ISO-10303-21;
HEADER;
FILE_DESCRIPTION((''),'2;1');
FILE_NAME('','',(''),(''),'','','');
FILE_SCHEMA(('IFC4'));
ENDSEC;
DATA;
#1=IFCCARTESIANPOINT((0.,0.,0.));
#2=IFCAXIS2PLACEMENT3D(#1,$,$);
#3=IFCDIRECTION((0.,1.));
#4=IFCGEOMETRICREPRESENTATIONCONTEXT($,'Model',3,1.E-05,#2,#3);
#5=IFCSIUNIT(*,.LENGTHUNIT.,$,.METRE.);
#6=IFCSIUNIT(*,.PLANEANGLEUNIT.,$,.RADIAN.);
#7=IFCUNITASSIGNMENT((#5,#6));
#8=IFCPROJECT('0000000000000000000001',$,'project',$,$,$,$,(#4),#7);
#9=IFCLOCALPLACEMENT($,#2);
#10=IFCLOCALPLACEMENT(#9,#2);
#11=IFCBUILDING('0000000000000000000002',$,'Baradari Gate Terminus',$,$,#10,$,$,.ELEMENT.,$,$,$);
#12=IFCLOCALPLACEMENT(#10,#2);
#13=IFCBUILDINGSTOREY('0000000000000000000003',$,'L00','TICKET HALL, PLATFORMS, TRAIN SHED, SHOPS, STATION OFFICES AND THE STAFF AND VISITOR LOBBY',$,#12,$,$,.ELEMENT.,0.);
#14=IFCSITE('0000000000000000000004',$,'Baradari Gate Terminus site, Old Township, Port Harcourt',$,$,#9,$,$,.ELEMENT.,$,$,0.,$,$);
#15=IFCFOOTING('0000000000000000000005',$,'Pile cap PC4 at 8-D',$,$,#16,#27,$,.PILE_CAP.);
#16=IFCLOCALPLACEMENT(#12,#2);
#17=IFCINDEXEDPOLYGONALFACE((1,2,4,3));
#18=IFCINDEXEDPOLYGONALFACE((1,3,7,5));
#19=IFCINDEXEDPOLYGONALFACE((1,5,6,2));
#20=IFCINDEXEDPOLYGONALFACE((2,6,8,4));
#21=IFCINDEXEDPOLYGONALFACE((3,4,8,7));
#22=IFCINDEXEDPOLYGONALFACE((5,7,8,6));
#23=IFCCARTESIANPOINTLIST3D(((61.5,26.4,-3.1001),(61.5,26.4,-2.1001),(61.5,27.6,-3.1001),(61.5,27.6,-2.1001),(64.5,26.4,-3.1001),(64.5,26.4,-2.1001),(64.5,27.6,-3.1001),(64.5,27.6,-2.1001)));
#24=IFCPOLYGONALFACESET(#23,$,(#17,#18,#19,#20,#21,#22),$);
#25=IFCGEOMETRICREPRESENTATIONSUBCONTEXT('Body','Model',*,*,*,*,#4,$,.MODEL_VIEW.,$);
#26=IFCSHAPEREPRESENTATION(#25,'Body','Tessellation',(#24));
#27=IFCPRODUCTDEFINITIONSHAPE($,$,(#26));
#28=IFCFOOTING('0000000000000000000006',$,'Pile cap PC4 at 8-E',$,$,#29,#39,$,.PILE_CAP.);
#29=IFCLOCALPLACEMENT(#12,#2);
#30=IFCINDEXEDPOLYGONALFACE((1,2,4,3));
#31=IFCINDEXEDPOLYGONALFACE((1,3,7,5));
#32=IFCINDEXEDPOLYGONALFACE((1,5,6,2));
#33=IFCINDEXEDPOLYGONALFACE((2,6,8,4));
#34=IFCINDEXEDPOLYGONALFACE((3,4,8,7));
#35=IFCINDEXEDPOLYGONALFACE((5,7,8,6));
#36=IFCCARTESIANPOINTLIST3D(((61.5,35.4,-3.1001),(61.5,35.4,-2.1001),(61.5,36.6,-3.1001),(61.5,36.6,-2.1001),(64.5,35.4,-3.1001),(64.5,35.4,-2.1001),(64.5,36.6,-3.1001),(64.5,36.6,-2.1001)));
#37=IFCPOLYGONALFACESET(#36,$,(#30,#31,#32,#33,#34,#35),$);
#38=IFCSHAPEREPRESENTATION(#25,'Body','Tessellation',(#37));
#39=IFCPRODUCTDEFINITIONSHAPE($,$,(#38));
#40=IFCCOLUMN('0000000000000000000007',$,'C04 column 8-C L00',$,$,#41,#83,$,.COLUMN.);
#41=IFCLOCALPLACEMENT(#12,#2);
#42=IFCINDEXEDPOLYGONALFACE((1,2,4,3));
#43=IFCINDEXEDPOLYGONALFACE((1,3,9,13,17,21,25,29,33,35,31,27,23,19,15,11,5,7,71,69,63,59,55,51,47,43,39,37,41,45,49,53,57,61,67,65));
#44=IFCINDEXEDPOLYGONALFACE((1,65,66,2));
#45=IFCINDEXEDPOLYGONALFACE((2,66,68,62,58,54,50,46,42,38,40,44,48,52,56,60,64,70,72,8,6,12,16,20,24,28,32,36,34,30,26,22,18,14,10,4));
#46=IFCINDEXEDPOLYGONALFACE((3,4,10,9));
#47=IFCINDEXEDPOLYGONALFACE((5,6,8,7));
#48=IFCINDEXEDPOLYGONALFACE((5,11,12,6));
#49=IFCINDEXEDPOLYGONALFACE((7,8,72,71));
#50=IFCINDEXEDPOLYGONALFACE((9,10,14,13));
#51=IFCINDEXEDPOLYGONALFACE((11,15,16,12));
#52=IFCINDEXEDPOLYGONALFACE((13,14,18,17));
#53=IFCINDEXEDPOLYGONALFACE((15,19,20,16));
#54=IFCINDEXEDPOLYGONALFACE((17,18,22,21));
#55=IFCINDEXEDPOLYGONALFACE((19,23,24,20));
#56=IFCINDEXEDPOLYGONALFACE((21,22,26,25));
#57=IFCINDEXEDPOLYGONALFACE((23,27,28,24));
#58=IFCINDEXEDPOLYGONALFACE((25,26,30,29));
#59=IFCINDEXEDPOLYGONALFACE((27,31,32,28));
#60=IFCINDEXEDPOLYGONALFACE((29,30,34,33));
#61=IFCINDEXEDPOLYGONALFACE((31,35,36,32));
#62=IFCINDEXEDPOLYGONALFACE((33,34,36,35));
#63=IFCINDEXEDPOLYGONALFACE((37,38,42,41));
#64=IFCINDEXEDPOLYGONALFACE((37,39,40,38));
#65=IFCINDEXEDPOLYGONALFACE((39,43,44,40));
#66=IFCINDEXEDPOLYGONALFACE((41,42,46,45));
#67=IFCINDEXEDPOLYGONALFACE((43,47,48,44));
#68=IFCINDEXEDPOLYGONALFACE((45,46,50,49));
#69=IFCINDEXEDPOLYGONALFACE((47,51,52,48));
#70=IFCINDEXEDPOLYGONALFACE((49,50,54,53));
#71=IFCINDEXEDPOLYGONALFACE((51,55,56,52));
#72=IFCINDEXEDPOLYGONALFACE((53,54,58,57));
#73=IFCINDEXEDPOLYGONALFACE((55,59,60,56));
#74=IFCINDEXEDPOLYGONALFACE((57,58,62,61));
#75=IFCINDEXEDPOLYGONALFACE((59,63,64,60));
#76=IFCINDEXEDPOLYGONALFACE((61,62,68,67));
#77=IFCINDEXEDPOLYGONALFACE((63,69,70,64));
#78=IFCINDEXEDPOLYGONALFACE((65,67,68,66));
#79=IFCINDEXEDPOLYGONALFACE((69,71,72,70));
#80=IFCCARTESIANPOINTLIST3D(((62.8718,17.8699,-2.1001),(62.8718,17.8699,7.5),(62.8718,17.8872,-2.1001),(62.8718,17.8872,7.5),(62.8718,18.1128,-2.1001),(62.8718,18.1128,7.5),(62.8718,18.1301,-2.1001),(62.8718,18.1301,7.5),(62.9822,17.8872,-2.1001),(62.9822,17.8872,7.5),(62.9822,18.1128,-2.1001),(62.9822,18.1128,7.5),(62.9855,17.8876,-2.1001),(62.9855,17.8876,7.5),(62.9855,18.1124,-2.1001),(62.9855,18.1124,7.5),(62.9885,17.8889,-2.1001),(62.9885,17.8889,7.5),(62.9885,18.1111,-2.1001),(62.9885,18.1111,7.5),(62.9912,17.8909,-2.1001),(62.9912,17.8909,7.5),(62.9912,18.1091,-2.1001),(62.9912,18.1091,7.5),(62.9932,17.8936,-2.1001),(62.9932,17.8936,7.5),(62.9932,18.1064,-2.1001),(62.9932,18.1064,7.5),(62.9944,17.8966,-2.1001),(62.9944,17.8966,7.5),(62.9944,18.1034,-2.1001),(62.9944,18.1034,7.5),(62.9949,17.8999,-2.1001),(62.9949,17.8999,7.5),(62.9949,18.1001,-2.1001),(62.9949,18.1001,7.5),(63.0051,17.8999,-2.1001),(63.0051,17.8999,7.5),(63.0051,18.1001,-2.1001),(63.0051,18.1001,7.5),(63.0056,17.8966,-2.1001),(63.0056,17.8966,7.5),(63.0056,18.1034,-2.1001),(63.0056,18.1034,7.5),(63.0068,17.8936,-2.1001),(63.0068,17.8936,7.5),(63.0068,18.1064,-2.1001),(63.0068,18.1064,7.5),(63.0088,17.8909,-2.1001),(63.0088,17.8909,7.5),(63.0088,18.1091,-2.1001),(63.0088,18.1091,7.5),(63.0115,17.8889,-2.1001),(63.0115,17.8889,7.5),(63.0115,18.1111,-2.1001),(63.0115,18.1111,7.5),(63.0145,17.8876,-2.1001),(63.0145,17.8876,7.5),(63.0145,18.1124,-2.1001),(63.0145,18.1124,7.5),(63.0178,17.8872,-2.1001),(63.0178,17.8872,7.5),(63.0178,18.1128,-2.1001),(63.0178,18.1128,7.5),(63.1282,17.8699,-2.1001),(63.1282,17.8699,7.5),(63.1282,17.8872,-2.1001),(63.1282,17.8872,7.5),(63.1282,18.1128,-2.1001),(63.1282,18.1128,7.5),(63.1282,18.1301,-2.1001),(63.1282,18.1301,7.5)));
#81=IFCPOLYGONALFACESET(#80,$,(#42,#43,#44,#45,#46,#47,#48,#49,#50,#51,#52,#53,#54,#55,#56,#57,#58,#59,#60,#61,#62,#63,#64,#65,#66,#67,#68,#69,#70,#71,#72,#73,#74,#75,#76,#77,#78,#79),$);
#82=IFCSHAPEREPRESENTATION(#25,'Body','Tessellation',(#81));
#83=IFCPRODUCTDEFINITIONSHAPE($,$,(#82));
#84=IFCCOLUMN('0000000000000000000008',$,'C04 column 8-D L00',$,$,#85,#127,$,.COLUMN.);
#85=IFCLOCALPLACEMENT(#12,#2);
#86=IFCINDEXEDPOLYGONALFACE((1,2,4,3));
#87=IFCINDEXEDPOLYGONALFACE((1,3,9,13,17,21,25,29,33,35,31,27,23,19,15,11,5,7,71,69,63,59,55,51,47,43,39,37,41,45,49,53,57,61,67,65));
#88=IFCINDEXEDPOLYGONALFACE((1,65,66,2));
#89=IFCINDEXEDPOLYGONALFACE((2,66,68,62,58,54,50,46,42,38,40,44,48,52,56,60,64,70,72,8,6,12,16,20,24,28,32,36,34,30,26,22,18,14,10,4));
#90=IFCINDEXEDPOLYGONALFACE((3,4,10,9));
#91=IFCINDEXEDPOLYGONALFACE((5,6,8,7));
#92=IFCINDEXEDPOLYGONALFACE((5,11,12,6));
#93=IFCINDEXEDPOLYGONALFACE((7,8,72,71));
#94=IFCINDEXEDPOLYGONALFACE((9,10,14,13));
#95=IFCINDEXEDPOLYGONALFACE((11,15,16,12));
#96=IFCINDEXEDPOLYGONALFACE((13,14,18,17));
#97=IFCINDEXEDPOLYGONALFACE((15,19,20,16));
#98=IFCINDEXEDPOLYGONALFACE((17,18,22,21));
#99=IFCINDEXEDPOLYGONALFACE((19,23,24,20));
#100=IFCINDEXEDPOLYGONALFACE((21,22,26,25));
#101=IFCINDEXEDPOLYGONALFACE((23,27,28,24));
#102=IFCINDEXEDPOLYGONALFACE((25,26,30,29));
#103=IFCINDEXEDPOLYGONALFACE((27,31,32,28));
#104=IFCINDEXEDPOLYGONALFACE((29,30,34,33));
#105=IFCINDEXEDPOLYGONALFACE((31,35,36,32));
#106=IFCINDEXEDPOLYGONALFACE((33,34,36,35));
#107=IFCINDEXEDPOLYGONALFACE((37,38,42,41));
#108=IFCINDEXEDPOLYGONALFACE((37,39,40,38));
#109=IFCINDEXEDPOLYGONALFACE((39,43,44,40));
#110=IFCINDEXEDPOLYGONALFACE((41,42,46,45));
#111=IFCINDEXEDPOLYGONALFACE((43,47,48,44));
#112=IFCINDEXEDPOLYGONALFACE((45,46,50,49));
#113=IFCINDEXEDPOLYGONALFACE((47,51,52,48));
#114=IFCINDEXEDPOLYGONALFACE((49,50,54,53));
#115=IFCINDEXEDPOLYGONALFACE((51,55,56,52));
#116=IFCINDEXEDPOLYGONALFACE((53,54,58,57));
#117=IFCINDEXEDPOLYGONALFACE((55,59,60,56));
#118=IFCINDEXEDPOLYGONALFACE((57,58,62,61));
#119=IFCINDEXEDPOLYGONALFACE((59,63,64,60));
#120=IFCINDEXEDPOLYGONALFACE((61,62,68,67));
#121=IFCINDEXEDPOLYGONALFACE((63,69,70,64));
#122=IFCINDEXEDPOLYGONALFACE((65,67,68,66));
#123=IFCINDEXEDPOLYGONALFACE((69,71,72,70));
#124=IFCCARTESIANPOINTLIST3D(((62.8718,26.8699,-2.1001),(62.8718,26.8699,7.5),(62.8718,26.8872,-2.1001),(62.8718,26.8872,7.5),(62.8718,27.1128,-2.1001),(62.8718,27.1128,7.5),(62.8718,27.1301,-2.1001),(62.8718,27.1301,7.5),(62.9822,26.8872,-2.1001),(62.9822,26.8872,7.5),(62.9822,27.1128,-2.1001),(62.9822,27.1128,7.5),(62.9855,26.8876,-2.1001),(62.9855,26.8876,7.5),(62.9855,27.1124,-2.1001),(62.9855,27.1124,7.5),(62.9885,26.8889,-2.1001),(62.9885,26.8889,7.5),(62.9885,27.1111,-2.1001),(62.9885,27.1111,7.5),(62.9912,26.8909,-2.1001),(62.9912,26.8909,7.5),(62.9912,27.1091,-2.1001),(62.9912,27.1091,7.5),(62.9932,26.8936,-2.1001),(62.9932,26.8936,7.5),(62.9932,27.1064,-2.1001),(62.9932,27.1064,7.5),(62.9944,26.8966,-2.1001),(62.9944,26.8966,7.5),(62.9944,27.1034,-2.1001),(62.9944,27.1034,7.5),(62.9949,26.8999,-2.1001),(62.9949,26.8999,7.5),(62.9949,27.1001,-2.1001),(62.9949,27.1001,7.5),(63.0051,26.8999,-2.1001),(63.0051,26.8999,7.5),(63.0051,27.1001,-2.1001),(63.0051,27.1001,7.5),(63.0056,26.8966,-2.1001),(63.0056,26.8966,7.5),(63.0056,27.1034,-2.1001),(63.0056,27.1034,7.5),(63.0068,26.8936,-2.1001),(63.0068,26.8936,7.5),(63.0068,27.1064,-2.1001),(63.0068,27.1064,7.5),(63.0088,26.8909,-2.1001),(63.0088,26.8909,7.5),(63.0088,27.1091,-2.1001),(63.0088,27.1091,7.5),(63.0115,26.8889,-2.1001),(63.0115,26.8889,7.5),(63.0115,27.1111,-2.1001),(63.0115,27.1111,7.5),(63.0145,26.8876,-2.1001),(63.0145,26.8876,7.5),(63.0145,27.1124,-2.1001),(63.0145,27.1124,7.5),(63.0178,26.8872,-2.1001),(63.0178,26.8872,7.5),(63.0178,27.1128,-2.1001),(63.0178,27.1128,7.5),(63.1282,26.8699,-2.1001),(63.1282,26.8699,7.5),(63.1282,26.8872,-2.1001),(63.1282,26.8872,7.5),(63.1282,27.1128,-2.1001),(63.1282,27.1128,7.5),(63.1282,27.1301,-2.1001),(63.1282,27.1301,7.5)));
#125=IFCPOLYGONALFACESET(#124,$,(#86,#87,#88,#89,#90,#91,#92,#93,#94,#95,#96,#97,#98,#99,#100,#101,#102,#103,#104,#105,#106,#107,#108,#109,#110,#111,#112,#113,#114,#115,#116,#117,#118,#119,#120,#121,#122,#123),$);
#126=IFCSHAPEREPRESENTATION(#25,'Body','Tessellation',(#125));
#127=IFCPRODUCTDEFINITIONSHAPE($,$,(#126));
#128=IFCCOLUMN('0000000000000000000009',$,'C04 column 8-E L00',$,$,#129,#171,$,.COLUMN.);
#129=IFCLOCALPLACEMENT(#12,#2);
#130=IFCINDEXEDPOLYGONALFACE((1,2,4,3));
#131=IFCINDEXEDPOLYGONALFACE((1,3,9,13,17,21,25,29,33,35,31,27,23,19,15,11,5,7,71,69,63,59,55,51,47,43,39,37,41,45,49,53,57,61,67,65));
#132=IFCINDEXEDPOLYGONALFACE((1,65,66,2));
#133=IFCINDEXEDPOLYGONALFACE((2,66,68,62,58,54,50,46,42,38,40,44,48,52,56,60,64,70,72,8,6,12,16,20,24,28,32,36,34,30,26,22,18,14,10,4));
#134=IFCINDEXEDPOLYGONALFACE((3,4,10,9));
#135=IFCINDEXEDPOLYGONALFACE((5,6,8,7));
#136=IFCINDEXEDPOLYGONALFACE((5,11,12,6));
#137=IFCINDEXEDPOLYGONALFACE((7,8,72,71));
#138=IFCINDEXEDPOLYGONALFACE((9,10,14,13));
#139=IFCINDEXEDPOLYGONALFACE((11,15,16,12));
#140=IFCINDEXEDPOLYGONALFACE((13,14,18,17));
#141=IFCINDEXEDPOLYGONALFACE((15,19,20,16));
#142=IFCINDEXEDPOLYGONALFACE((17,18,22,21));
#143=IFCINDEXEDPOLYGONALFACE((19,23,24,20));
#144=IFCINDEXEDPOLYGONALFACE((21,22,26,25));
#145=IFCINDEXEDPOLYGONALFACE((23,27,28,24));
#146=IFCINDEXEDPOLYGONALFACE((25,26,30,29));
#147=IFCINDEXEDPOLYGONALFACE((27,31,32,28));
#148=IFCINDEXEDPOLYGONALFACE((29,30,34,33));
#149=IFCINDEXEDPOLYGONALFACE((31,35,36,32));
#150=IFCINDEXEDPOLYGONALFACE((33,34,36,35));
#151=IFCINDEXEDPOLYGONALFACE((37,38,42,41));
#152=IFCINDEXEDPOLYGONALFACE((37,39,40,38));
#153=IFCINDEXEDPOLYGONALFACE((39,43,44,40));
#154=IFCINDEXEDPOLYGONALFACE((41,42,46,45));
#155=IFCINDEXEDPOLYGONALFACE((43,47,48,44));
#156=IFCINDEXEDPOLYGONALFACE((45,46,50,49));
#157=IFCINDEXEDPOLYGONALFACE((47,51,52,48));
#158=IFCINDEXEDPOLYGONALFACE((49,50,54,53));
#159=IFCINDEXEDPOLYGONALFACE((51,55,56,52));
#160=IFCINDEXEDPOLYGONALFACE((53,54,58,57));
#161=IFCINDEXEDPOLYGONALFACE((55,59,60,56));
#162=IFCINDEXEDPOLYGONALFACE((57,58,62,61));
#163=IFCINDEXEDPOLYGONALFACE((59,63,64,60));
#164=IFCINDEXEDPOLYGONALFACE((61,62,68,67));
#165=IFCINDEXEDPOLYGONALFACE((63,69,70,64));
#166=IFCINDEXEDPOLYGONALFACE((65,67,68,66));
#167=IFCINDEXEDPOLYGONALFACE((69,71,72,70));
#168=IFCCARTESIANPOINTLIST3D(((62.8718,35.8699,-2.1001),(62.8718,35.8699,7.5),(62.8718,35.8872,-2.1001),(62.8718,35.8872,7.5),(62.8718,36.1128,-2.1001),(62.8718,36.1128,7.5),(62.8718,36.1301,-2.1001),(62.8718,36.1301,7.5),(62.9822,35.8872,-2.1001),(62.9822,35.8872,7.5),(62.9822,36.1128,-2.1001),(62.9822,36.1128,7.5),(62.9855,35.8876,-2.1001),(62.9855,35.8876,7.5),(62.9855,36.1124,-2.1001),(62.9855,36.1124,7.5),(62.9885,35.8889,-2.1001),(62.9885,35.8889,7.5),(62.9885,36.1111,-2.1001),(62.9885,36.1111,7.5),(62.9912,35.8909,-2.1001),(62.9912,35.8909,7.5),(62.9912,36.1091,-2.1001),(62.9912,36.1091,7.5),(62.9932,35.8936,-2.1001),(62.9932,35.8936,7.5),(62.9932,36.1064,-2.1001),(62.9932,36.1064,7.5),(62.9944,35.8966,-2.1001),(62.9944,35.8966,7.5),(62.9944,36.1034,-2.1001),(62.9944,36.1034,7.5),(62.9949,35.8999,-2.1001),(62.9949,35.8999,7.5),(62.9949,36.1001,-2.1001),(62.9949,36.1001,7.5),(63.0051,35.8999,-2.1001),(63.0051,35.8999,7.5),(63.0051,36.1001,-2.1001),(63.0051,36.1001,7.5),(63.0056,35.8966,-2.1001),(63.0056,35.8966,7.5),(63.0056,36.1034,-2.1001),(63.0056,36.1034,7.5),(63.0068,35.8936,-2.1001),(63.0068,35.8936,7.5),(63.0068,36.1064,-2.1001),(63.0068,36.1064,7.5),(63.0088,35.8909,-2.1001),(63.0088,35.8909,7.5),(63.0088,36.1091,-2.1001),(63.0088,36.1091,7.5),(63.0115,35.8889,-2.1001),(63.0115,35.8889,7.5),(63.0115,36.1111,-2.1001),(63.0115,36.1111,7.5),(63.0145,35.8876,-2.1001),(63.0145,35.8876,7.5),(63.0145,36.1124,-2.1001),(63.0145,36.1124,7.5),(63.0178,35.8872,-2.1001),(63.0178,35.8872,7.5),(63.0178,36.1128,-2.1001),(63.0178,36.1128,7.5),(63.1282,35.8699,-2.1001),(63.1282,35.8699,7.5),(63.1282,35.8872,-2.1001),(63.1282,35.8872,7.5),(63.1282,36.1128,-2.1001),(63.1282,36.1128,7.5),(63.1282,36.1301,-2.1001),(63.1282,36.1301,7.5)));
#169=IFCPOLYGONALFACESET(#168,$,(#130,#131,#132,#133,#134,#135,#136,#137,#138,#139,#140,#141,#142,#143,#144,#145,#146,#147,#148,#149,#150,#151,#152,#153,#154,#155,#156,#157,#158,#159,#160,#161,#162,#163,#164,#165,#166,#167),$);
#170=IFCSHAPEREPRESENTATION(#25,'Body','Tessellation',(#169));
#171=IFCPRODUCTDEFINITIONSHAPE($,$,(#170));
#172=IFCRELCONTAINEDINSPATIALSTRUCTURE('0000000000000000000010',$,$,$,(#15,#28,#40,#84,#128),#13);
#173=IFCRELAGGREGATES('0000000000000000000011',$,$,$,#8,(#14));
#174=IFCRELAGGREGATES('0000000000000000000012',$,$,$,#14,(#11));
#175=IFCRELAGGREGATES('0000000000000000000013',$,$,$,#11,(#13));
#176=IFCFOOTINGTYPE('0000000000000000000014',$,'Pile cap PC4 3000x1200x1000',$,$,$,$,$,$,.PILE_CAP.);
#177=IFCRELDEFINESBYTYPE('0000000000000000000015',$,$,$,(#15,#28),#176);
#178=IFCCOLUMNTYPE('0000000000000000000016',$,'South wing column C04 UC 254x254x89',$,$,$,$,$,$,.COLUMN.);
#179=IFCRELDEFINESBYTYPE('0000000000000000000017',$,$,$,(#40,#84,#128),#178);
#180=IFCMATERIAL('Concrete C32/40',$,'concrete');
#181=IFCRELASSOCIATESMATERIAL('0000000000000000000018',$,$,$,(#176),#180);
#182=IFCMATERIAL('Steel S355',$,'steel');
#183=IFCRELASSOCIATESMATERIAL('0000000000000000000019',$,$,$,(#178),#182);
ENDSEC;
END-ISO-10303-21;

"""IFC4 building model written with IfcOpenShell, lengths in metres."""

from ifc_helpers import new_model, si_unit, direction, frame, origin, origin_2d, place, context, subcontext, project, spatial, rectangle, i_section, extrude, material, material_profile, profile_set, type_object, element, save


model = new_model("IFC4")

# Units and contexts
model_context = context("Model", 3, precision=1e-05, world=origin(), true_north=direction((0.0, 1.0)))
body_context = subcontext(model_context, "Body", "Model", "MODEL_VIEW")
ifc_project = project(units=[si_unit("LENGTHUNIT", "METRE"), si_unit("PLANEANGLEUNIT", "RADIAN")], contexts=[model_context])

# Site, building, storey
site_placement = place(None, origin())
site = spatial("IfcSite", under=ifc_project, at=site_placement, Name="Baradari Gate Terminus site, Old Township, Port Harcourt", CompositionType="ELEMENT", RefElevation=0.0)
building_placement = place(site_placement, origin())
building = spatial("IfcBuilding", under=site, at=building_placement, Name="Baradari Gate Terminus", CompositionType="ELEMENT")
storey_placement = place(building_placement, origin())
storey = spatial("IfcBuildingStorey", under=building, at=storey_placement, Name="L00", Description="TICKET HALL, PLATFORMS, TRAIN SHED, SHOPS, STATION OFFICES AND THE STAFF AND VISITOR LOBBY", CompositionType="ELEMENT", Elevation=0.0)

# Footings
ifc_material_1 = material(Name="Concrete C32/40", Category="concrete")
footing_type_1 = type_object("IfcFootingType", Name="Pile cap PC4 3000x1200x1000", PredefinedType="PILE_CAP", material=ifc_material_1)
for number, where, z_axis, x_axis, name in (
    (1, (63.0, 27.0, -3.1001), (0.0, 0.0, 1.0), (1.0, 0.0, 0.0), "Pile cap PC4 at 8-D"),
    (2, (63.0, 36.0, -3.1001), (0.0, 0.0, 1.0), (1.0, 0.0, 0.0), "Pile cap PC4 at 8-E"),
):
    element("IfcFooting", number, at=place(storey_placement, frame(where, z_axis=z_axis, x_axis=x_axis)), inside=storey, type_object=footing_type_1, Name=name, PredefinedType="PILE_CAP", context=body_context, shape_type="SweptSolid", body=[
        extrude(rectangle(XDim=3.0, YDim=1.2, at=origin_2d()), origin(), (0.0, 0.0, 1.0), 1.0),
    ])

# Columns
ifc_material_2 = material(Name="Steel S355", Category="steel")
ifc_material_profile = material_profile(ifc_material_2, i_section(OverallWidth=0.2563, OverallDepth=0.2603, WebThickness=0.0103, FlangeThickness=0.0173, FilletRadius=0.0127, at=origin_2d()), Name="UC 254x254x89")
ifc_profile_set = profile_set([ifc_material_profile], Name="Steel S355")
column_type = type_object("IfcColumnType", Name="South wing column C04 UC 254x254x89", PredefinedType="COLUMN", material=ifc_profile_set)
for number, where, z_axis, x_axis, name in (
    (3, (63.0, 18.0, -2.1001), (0.0, 0.0, 1.0), (1.0, 0.0, 0.0), "C04 column 8-C L00"),
    (4, (63.0, 27.0, -2.1001), (0.0, 0.0, 1.0), (1.0, 0.0, 0.0), "C04 column 8-D L00"),
    (5, (63.0, 36.0, -2.1001), (0.0, 0.0, 1.0), (1.0, 0.0, 0.0), "C04 column 8-E L00"),
):
    element("IfcColumn", number, at=place(storey_placement, frame(where, z_axis=z_axis, x_axis=x_axis)), inside=storey, type_object=column_type, Name=name, PredefinedType="COLUMN", context=body_context, shape_type="SweptSolid", body=[
        extrude(i_section(OverallWidth=0.2563, OverallDepth=0.2603, WebThickness=0.0103, FlangeThickness=0.0173, FilletRadius=0.0127, at=origin_2d()), origin(), (0.0, 0.0, 1.0), 9.6001),
    ])

save(model, "model.ifc")
